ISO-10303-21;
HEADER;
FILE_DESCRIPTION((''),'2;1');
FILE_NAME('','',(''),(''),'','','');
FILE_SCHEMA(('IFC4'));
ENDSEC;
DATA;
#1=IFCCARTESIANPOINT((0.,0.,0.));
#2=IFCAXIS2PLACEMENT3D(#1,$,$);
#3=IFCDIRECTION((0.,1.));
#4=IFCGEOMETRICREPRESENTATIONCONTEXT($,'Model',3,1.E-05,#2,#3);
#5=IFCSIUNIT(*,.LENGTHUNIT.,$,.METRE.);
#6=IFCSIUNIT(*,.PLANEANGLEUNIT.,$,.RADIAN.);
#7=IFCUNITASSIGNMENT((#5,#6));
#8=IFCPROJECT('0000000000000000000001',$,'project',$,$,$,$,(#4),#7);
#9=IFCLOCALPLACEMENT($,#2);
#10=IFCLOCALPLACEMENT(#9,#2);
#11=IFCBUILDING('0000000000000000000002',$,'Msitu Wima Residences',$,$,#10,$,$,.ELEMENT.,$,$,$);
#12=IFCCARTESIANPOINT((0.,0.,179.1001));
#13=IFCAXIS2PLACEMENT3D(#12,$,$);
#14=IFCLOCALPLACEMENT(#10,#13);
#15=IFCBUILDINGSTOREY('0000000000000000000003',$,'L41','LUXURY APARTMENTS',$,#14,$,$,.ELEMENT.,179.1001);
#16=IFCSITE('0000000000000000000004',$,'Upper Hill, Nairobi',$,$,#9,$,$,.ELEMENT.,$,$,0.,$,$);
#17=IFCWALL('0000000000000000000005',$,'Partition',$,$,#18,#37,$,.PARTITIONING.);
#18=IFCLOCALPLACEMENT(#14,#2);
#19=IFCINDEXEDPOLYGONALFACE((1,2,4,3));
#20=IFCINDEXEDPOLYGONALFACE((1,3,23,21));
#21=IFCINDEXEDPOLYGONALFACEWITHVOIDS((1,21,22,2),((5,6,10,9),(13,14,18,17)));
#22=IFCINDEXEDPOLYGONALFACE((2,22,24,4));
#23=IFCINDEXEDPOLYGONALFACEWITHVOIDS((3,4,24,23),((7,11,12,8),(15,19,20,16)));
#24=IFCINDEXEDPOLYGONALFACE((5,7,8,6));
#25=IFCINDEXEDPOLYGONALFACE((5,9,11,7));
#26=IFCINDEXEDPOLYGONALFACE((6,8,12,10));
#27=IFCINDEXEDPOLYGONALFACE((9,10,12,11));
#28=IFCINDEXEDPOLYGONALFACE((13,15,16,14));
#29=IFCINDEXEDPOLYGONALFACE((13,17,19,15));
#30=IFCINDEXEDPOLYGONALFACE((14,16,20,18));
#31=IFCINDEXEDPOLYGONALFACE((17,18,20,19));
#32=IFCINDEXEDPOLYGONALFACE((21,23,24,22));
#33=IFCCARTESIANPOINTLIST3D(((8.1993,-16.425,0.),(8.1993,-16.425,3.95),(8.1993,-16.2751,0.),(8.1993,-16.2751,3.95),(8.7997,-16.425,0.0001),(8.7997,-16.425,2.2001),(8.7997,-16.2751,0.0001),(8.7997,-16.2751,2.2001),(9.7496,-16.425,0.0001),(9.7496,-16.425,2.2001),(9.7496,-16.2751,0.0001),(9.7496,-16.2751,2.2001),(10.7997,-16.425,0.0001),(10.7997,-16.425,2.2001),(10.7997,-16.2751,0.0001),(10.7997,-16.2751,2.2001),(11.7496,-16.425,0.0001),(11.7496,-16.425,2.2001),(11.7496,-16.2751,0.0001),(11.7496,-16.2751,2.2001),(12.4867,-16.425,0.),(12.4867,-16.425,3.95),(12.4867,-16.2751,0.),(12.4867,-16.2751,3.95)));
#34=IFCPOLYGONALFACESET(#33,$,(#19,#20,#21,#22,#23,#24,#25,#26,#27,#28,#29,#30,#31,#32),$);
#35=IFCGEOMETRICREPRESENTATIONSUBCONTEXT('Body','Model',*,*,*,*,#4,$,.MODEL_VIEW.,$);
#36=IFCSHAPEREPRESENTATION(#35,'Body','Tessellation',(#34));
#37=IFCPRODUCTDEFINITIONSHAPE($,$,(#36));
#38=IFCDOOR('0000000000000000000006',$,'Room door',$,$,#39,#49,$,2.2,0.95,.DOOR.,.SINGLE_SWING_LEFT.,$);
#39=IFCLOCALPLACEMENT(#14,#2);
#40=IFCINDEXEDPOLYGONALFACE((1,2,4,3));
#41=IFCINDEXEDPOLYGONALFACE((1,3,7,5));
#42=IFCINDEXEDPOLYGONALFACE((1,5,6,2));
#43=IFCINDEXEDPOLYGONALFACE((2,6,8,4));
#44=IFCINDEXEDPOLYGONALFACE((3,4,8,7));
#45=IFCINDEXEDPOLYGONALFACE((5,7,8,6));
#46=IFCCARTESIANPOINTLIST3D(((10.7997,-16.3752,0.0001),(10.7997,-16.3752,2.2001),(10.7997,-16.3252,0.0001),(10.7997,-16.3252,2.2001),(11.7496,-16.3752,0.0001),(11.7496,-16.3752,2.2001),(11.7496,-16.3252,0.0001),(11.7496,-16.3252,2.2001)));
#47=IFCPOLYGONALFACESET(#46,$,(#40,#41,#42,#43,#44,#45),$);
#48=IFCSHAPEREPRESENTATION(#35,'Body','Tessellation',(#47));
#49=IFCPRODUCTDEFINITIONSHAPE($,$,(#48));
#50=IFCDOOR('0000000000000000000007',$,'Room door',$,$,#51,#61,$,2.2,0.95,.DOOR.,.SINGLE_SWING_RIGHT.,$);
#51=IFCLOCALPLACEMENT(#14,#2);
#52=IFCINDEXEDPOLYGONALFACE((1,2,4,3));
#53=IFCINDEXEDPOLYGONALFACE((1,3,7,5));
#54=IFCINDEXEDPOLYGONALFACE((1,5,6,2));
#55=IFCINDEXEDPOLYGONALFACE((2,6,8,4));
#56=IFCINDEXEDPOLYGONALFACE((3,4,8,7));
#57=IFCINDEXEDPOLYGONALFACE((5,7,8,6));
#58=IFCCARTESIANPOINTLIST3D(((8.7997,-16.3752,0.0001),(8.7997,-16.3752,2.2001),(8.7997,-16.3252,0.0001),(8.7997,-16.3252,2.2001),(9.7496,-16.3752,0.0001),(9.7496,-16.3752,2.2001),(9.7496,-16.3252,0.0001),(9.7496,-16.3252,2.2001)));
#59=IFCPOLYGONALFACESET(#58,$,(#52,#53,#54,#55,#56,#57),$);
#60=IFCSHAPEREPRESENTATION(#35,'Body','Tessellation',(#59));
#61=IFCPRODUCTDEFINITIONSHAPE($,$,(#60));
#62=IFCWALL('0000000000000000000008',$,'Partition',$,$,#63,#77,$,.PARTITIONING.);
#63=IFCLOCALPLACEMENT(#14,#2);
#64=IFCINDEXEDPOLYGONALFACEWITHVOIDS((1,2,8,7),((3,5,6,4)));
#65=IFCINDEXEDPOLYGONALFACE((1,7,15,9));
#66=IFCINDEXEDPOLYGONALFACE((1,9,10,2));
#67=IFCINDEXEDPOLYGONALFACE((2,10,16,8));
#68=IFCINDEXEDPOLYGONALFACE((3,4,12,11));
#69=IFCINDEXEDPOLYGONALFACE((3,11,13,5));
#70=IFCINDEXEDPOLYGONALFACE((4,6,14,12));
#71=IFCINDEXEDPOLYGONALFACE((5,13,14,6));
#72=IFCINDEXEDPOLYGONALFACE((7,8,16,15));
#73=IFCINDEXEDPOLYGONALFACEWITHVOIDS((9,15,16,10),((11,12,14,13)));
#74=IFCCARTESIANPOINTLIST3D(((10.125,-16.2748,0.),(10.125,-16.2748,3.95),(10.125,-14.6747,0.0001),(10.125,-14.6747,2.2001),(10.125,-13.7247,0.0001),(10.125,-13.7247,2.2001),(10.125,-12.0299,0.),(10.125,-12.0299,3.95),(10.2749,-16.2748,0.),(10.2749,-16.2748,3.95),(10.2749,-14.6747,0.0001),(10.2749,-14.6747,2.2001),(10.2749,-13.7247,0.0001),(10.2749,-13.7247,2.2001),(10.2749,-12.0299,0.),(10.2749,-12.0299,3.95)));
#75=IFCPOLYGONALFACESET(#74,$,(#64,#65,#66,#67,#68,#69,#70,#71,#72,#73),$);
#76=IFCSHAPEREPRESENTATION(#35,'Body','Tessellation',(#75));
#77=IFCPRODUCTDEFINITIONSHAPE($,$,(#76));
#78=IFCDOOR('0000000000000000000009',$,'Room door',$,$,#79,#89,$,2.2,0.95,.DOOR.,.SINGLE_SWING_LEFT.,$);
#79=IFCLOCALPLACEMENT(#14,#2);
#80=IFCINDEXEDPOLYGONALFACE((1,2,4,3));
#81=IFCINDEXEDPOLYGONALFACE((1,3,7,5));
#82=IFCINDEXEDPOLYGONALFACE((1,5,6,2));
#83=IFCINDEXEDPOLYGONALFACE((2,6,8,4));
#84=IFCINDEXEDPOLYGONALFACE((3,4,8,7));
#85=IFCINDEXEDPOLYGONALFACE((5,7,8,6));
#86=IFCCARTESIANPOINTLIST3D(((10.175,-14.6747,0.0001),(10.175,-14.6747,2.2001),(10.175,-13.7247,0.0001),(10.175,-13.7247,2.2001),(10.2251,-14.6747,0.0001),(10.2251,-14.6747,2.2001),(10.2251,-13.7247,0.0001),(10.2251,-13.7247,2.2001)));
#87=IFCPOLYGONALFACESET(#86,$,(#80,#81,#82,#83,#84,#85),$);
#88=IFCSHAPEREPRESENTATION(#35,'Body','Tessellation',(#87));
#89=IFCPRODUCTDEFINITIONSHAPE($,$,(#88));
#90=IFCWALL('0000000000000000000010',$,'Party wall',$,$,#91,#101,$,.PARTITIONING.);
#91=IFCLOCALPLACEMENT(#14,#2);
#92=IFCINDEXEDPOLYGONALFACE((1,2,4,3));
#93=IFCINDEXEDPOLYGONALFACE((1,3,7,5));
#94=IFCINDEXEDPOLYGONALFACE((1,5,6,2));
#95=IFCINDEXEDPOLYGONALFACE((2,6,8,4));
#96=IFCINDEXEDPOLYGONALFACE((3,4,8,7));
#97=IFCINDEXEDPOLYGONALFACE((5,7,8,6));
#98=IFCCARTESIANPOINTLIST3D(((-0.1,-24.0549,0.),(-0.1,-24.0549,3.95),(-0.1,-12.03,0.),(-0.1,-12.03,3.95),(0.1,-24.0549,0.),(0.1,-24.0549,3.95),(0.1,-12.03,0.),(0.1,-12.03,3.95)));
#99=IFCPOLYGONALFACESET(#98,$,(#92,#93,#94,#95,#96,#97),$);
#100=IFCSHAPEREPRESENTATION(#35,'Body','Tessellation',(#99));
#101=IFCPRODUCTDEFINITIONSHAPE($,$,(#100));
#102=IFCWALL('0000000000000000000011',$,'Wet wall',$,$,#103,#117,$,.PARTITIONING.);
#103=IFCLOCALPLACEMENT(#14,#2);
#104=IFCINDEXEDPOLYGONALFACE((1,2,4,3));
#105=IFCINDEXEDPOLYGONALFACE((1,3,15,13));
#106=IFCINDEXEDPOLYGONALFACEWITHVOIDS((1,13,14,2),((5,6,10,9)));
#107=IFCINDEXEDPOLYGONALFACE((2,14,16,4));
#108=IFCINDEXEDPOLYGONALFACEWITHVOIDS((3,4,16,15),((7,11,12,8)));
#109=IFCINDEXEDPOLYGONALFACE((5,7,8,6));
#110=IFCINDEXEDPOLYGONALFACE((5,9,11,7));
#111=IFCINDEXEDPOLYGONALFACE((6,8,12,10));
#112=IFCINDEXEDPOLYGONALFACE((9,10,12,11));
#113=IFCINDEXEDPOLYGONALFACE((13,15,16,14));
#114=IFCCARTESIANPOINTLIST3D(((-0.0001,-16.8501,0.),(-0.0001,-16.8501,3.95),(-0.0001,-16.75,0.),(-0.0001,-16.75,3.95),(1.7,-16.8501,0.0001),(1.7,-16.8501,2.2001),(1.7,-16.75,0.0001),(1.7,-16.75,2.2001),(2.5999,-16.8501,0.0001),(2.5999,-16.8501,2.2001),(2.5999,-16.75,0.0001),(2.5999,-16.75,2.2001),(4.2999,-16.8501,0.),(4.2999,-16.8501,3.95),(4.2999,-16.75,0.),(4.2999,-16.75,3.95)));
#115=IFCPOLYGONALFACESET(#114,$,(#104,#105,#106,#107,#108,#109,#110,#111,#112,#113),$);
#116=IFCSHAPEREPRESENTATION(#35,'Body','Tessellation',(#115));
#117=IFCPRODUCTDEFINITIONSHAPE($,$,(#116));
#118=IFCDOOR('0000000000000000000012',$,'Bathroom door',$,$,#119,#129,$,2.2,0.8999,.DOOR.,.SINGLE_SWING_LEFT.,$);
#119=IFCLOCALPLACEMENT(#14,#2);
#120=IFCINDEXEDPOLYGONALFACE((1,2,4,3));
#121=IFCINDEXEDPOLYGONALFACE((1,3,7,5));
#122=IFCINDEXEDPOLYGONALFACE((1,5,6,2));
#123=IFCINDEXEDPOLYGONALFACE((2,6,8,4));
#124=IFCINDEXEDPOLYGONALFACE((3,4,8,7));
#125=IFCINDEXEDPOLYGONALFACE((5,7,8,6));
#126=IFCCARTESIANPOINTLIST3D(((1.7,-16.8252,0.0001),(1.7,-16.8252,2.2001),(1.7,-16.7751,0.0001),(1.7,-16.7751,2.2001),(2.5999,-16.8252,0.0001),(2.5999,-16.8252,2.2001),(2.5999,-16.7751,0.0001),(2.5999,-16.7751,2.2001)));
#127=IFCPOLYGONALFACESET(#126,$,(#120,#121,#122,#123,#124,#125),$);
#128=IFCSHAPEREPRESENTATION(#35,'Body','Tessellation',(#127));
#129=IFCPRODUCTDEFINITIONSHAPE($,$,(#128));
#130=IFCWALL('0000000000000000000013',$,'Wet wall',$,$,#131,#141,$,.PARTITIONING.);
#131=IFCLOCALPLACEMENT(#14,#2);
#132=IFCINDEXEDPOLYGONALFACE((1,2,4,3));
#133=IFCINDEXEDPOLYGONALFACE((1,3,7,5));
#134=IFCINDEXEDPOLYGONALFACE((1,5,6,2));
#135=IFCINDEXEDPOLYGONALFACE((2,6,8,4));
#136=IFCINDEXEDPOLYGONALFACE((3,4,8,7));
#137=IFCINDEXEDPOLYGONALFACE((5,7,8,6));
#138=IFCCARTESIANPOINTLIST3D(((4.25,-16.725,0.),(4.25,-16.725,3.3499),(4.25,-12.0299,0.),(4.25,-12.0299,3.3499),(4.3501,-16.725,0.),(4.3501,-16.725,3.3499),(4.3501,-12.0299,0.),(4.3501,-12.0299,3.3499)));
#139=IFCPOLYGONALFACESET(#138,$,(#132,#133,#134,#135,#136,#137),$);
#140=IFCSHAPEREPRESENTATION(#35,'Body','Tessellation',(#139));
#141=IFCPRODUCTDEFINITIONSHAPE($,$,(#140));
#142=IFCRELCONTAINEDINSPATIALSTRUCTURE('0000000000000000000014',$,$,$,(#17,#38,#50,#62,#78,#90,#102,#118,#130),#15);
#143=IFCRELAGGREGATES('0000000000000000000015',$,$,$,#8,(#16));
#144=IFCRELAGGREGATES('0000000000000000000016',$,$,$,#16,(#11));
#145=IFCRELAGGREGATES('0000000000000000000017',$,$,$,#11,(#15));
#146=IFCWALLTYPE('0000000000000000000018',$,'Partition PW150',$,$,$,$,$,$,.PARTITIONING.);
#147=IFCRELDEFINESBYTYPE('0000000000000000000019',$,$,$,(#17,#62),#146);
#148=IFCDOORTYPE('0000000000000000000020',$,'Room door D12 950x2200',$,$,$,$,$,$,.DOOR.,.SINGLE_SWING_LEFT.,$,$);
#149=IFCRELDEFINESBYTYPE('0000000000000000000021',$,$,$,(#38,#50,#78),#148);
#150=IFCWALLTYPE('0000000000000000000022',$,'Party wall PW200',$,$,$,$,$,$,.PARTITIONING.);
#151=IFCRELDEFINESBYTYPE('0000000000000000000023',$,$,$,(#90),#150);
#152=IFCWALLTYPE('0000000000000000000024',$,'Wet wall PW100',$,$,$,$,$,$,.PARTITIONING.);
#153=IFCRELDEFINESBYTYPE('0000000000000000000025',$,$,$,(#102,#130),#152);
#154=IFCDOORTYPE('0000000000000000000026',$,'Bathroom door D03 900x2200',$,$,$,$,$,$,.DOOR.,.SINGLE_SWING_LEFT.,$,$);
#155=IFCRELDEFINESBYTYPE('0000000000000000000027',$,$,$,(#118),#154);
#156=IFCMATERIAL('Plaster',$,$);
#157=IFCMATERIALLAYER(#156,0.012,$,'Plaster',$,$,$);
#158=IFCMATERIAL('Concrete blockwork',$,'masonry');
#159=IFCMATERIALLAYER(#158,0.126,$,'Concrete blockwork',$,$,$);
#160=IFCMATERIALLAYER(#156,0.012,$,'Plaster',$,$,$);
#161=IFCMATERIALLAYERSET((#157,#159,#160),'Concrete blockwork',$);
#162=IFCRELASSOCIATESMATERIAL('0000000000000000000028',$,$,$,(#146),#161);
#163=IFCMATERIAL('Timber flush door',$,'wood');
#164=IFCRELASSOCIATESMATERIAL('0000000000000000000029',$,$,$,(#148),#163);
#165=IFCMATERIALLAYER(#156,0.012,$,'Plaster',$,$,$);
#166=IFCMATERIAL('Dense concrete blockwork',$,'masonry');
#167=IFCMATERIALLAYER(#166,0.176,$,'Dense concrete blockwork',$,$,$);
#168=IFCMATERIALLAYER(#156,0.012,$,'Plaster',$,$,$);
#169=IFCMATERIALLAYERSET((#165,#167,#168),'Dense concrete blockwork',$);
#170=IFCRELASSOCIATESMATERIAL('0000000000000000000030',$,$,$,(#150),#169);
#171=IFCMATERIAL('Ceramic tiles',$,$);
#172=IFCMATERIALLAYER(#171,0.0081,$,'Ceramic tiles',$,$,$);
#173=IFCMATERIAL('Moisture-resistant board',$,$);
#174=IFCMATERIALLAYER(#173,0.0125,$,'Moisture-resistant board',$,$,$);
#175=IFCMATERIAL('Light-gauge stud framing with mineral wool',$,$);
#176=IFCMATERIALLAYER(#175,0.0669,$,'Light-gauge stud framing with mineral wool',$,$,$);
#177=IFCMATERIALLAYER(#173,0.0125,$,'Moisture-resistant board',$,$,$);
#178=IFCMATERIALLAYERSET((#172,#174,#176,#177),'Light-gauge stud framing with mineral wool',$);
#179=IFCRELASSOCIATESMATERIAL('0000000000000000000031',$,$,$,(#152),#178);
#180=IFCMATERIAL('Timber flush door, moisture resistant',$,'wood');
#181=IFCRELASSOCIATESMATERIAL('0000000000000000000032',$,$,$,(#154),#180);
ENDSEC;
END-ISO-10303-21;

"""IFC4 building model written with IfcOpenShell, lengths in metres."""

from ifc_helpers import new_model, si_unit, direction, frame, frame_2d, origin, place, context, subcontext, project, spatial, rectangle, extrude, material, layer, layer_set, type_object, element, fill, save


model = new_model("IFC4")

# Units and contexts
model_context = context("Model", 3, precision=1e-05, world=origin(), true_north=direction((0.0, 1.0)))
body_context = subcontext(model_context, "Body", "Model", "MODEL_VIEW")
ifc_project = project(units=[si_unit("LENGTHUNIT", "METRE"), si_unit("PLANEANGLEUNIT", "RADIAN")], contexts=[model_context])

# Site, building, storey
site_placement = place(None, origin())
site = spatial("IfcSite", under=ifc_project, at=site_placement, Name="Upper Hill, Nairobi", CompositionType="ELEMENT", RefElevation=0.0)
building_placement = place(site_placement, origin())
building = spatial("IfcBuilding", under=site, at=building_placement, Name="Msitu Wima Residences", CompositionType="ELEMENT")
storey_placement = place(building_placement, frame((0.0, 0.0, 179.1001)))
storey = spatial("IfcBuildingStorey", under=building, at=storey_placement, Name="L41", Description="LUXURY APARTMENTS", CompositionType="ELEMENT", Elevation=179.1001)

# Shared definitions
ifc_material_1 = material(Name="Plaster")
ifc_layer_1 = layer(ifc_material_1, 0.012, Name="Plaster")
ifc_material_2 = material(Name="Concrete blockwork", Category="masonry")
ifc_layer_2 = layer(ifc_material_2, 0.126, Name="Concrete blockwork")
ifc_layer_3 = layer(ifc_material_1, 0.012, Name="Plaster")
ifc_layer_set_1 = layer_set([ifc_layer_1, ifc_layer_2, ifc_layer_3], Name="Concrete blockwork")
wall_type_1 = type_object("IfcWallType", Name="Partition PW150", PredefinedType="PARTITIONING", material=ifc_layer_set_1)
ifc_material_3 = material(Name="Timber flush door", Category="wood")
door_type_1 = type_object("IfcDoorType", Name="Room door D12 950x2200", OperationType="SINGLE_SWING_LEFT", PredefinedType="DOOR", material=ifc_material_3)

# Wall, openings, doors
wall_1_placement = place(storey_placement, frame((8.1995, -16.3501, 0.0), z_axis=(0.0, 0.0, 1.0), x_axis=(1.0, 0.0, 0.0)))
wall_1 = element("IfcWall", 1, at=wall_1_placement, inside=storey, type_object=wall_type_1, Name="Partition", PredefinedType="PARTITIONING", context=body_context, shape_type="SweptSolid", body=[
    extrude(rectangle(XDim=4.2874, YDim=0.1499, at=frame_2d((2.1436, 0.0))), origin(), (0.0, 0.0, 1.0), 3.95),
])
opening_1_placement = place(wall_1_placement, frame((2.6001, 0.0, 0.0)))
opening_1 = element("IfcOpeningElement", 2, at=opening_1_placement, cuts=wall_1, PredefinedType="OPENING", context=body_context, shape_type="SweptSolid", body=[
    extrude(rectangle(XDim=0.95, YDim=2.2, at=frame_2d((0.4751, 1.1001))), frame((0.0, 0.085, 0.0), z_axis=(0.0, -1.0, 0.0), x_axis=(1.0, 0.0, 0.0)), (0.0, 0.0, 1.0), 0.1699),
])
opening_2_placement = place(wall_1_placement, frame((0.6001, 0.0, 0.0)))
opening_2 = element("IfcOpeningElement", 3, at=opening_2_placement, cuts=wall_1, PredefinedType="OPENING", context=body_context, shape_type="SweptSolid", body=[
    extrude(rectangle(XDim=0.95, YDim=2.2, at=frame_2d((0.4751, 1.1001))), frame((0.0, 0.085, 0.0), z_axis=(0.0, -1.0, 0.0), x_axis=(1.0, 0.0, 0.0)), (0.0, 0.0, 1.0), 0.1699),
])
door_1_placement = place(opening_1_placement, origin())
door_1 = element("IfcDoor", 4, at=door_1_placement, inside=storey, type_object=door_type_1, Name="Room door", OperationType="SINGLE_SWING_LEFT", OverallHeight=2.2, OverallWidth=0.95, PredefinedType="DOOR", context=body_context, shape_type="SweptSolid", body=[
    extrude(rectangle(XDim=0.95, YDim=2.2, at=frame_2d((0.4751, 1.1001))), frame((0.0, 0.0249, 0.0), z_axis=(0.0, -1.0, 0.0), x_axis=(1.0, 0.0, 0.0)), (0.0, 0.0, 1.0), 0.05),
])
fill(opening_1, door_1)
door_2_placement = place(opening_2_placement, origin())
door_2 = element("IfcDoor", 5, at=door_2_placement, inside=storey, type_object=door_type_1, Name="Room door", OperationType="SINGLE_SWING_RIGHT", OverallHeight=2.2, OverallWidth=0.95, PredefinedType="DOOR", context=body_context, shape_type="SweptSolid", body=[
    extrude(rectangle(XDim=0.95, YDim=2.2, at=frame_2d((0.4751, 1.1001))), frame((0.0, 0.0249, 0.0), z_axis=(0.0, -1.0, 0.0), x_axis=(1.0, 0.0, 0.0)), (0.0, 0.0, 1.0), 0.05),
])
fill(opening_2, door_2)

# Wall, opening, door
wall_2_placement = place(storey_placement, frame((10.2, -16.2749, 0.0), z_axis=(0.0, 0.0, 1.0), x_axis=(0.0, 1.0, 0.0)))
wall_2 = element("IfcWall", 6, at=wall_2_placement, inside=storey, type_object=wall_type_1, Name="Partition", PredefinedType="PARTITIONING", context=body_context, shape_type="SweptSolid", body=[
    extrude(rectangle(XDim=4.2449, YDim=0.1499, at=frame_2d((2.1226, 0.0))), origin(), (0.0, 0.0, 1.0), 3.95),
])
opening_3_placement = place(wall_2_placement, frame((1.6001, 0.0, 0.0)))
opening_3 = element("IfcOpeningElement", 7, at=opening_3_placement, cuts=wall_2, PredefinedType="OPENING", context=body_context, shape_type="SweptSolid", body=[
    extrude(rectangle(XDim=0.95, YDim=2.2, at=frame_2d((0.4751, 1.1001))), frame((0.0, 0.085, 0.0), z_axis=(0.0, -1.0, 0.0), x_axis=(1.0, 0.0, 0.0)), (0.0, 0.0, 1.0), 0.1699),
])
door_3_placement = place(opening_3_placement, origin())
door_3 = element("IfcDoor", 8, at=door_3_placement, inside=storey, type_object=door_type_1, Name="Room door", OperationType="SINGLE_SWING_LEFT", OverallHeight=2.2, OverallWidth=0.95, PredefinedType="DOOR", context=body_context, shape_type="SweptSolid", body=[
    extrude(rectangle(XDim=0.95, YDim=2.2, at=frame_2d((0.4751, 1.1001))), frame((0.0, 0.0249, 0.0), z_axis=(0.0, -1.0, 0.0), x_axis=(1.0, 0.0, 0.0)), (0.0, 0.0, 1.0), 0.05),
])
fill(opening_3, door_3)

# Wall
ifc_layer_4 = layer(ifc_material_1, 0.012, Name="Plaster")
ifc_material_4 = material(Name="Dense concrete blockwork", Category="masonry")
ifc_layer_5 = layer(ifc_material_4, 0.176, Name="Dense concrete blockwork")
ifc_layer_6 = layer(ifc_material_1, 0.012, Name="Plaster")
ifc_layer_set_2 = layer_set([ifc_layer_4, ifc_layer_5, ifc_layer_6], Name="Dense concrete blockwork")
wall_type_2 = type_object("IfcWallType", Name="Party wall PW200", PredefinedType="PARTITIONING", material=ifc_layer_set_2)
wall_3_placement = place(storey_placement, frame((0.0, -24.0549, 0.0), z_axis=(0.0, 0.0, 1.0), x_axis=(0.0, 1.0, 0.0)))
element("IfcWall", 9, at=wall_3_placement, inside=storey, type_object=wall_type_2, Name="Party wall", PredefinedType="PARTITIONING", context=body_context, shape_type="SweptSolid", body=[
    extrude(rectangle(XDim=12.0249, YDim=0.2, at=frame_2d((6.0125, 0.0))), origin(), (0.0, 0.0, 1.0), 3.95),
])

# Wall, opening, door
ifc_material_5 = material(Name="Ceramic tiles")
ifc_layer_7 = layer(ifc_material_5, 0.0081, Name="Ceramic tiles")
ifc_material_6 = material(Name="Moisture-resistant board")
ifc_layer_8 = layer(ifc_material_6, 0.0125, Name="Moisture-resistant board")
ifc_material_7 = material(Name="Light-gauge stud framing with mineral wool")
ifc_layer_9 = layer(ifc_material_7, 0.0669, Name="Light-gauge stud framing with mineral wool")
ifc_layer_10 = layer(ifc_material_6, 0.0125, Name="Moisture-resistant board")
ifc_layer_set_3 = layer_set([ifc_layer_7, ifc_layer_8, ifc_layer_9, ifc_layer_10], Name="Light-gauge stud framing with mineral wool")
wall_type_3 = type_object("IfcWallType", Name="Wet wall PW100", PredefinedType="PARTITIONING", material=ifc_layer_set_3)
wall_4_placement = place(storey_placement, frame((0.0, -16.8, 0.0), z_axis=(0.0, 0.0, 1.0), x_axis=(1.0, 0.0, 0.0)))
wall_4 = element("IfcWall", 10, at=wall_4_placement, inside=storey, type_object=wall_type_3, Name="Wet wall", PredefinedType="PARTITIONING", context=body_context, shape_type="SweptSolid", body=[
    extrude(rectangle(XDim=4.3, YDim=0.1001, at=frame_2d((2.1499, 0.0))), origin(), (0.0, 0.0, 1.0), 3.95),
])
opening_4_placement = place(wall_4_placement, frame((1.7, 0.0, 0.0)))
opening_4 = element("IfcOpeningElement", 11, at=opening_4_placement, cuts=wall_4, PredefinedType="OPENING", context=body_context, shape_type="SweptSolid", body=[
    extrude(rectangle(XDim=0.8999, YDim=2.2, at=frame_2d((0.45, 1.1001))), frame((0.0, 0.0601, 0.0), z_axis=(0.0, -1.0, 0.0), x_axis=(1.0, 0.0, 0.0)), (0.0, 0.0, 1.0), 0.1201),
])
ifc_material_8 = material(Name="Timber flush door, moisture resistant", Category="wood")
door_type_2 = type_object("IfcDoorType", Name="Bathroom door D03 900x2200", OperationType="SINGLE_SWING_LEFT", PredefinedType="DOOR", material=ifc_material_8)
door_4_placement = place(opening_4_placement, origin())
door_4 = element("IfcDoor", 12, at=door_4_placement, inside=storey, type_object=door_type_2, Name="Bathroom door", OperationType="SINGLE_SWING_LEFT", OverallHeight=2.2, OverallWidth=0.8999, PredefinedType="DOOR", context=body_context, shape_type="SweptSolid", body=[
    extrude(rectangle(XDim=0.8999, YDim=2.2, at=frame_2d((0.45, 1.1001))), frame((0.0, 0.0249, 0.0), z_axis=(0.0, -1.0, 0.0), x_axis=(1.0, 0.0, 0.0)), (0.0, 0.0, 1.0), 0.05),
])
fill(opening_4, door_4)

# Wall
wall_5_placement = place(storey_placement, frame((4.3, -16.7251, 0.0), z_axis=(0.0, 0.0, 1.0), x_axis=(0.0, 1.0, 0.0)))
element("IfcWall", 13, at=wall_5_placement, inside=storey, type_object=wall_type_3, Name="Wet wall", PredefinedType="PARTITIONING", context=body_context, shape_type="SweptSolid", body=[
    extrude(rectangle(XDim=4.6951, YDim=0.1001, at=frame_2d((2.3477, 0.0))), origin(), (0.0, 0.0, 1.0), 3.3499),
])

save(model, "model.ifc")
